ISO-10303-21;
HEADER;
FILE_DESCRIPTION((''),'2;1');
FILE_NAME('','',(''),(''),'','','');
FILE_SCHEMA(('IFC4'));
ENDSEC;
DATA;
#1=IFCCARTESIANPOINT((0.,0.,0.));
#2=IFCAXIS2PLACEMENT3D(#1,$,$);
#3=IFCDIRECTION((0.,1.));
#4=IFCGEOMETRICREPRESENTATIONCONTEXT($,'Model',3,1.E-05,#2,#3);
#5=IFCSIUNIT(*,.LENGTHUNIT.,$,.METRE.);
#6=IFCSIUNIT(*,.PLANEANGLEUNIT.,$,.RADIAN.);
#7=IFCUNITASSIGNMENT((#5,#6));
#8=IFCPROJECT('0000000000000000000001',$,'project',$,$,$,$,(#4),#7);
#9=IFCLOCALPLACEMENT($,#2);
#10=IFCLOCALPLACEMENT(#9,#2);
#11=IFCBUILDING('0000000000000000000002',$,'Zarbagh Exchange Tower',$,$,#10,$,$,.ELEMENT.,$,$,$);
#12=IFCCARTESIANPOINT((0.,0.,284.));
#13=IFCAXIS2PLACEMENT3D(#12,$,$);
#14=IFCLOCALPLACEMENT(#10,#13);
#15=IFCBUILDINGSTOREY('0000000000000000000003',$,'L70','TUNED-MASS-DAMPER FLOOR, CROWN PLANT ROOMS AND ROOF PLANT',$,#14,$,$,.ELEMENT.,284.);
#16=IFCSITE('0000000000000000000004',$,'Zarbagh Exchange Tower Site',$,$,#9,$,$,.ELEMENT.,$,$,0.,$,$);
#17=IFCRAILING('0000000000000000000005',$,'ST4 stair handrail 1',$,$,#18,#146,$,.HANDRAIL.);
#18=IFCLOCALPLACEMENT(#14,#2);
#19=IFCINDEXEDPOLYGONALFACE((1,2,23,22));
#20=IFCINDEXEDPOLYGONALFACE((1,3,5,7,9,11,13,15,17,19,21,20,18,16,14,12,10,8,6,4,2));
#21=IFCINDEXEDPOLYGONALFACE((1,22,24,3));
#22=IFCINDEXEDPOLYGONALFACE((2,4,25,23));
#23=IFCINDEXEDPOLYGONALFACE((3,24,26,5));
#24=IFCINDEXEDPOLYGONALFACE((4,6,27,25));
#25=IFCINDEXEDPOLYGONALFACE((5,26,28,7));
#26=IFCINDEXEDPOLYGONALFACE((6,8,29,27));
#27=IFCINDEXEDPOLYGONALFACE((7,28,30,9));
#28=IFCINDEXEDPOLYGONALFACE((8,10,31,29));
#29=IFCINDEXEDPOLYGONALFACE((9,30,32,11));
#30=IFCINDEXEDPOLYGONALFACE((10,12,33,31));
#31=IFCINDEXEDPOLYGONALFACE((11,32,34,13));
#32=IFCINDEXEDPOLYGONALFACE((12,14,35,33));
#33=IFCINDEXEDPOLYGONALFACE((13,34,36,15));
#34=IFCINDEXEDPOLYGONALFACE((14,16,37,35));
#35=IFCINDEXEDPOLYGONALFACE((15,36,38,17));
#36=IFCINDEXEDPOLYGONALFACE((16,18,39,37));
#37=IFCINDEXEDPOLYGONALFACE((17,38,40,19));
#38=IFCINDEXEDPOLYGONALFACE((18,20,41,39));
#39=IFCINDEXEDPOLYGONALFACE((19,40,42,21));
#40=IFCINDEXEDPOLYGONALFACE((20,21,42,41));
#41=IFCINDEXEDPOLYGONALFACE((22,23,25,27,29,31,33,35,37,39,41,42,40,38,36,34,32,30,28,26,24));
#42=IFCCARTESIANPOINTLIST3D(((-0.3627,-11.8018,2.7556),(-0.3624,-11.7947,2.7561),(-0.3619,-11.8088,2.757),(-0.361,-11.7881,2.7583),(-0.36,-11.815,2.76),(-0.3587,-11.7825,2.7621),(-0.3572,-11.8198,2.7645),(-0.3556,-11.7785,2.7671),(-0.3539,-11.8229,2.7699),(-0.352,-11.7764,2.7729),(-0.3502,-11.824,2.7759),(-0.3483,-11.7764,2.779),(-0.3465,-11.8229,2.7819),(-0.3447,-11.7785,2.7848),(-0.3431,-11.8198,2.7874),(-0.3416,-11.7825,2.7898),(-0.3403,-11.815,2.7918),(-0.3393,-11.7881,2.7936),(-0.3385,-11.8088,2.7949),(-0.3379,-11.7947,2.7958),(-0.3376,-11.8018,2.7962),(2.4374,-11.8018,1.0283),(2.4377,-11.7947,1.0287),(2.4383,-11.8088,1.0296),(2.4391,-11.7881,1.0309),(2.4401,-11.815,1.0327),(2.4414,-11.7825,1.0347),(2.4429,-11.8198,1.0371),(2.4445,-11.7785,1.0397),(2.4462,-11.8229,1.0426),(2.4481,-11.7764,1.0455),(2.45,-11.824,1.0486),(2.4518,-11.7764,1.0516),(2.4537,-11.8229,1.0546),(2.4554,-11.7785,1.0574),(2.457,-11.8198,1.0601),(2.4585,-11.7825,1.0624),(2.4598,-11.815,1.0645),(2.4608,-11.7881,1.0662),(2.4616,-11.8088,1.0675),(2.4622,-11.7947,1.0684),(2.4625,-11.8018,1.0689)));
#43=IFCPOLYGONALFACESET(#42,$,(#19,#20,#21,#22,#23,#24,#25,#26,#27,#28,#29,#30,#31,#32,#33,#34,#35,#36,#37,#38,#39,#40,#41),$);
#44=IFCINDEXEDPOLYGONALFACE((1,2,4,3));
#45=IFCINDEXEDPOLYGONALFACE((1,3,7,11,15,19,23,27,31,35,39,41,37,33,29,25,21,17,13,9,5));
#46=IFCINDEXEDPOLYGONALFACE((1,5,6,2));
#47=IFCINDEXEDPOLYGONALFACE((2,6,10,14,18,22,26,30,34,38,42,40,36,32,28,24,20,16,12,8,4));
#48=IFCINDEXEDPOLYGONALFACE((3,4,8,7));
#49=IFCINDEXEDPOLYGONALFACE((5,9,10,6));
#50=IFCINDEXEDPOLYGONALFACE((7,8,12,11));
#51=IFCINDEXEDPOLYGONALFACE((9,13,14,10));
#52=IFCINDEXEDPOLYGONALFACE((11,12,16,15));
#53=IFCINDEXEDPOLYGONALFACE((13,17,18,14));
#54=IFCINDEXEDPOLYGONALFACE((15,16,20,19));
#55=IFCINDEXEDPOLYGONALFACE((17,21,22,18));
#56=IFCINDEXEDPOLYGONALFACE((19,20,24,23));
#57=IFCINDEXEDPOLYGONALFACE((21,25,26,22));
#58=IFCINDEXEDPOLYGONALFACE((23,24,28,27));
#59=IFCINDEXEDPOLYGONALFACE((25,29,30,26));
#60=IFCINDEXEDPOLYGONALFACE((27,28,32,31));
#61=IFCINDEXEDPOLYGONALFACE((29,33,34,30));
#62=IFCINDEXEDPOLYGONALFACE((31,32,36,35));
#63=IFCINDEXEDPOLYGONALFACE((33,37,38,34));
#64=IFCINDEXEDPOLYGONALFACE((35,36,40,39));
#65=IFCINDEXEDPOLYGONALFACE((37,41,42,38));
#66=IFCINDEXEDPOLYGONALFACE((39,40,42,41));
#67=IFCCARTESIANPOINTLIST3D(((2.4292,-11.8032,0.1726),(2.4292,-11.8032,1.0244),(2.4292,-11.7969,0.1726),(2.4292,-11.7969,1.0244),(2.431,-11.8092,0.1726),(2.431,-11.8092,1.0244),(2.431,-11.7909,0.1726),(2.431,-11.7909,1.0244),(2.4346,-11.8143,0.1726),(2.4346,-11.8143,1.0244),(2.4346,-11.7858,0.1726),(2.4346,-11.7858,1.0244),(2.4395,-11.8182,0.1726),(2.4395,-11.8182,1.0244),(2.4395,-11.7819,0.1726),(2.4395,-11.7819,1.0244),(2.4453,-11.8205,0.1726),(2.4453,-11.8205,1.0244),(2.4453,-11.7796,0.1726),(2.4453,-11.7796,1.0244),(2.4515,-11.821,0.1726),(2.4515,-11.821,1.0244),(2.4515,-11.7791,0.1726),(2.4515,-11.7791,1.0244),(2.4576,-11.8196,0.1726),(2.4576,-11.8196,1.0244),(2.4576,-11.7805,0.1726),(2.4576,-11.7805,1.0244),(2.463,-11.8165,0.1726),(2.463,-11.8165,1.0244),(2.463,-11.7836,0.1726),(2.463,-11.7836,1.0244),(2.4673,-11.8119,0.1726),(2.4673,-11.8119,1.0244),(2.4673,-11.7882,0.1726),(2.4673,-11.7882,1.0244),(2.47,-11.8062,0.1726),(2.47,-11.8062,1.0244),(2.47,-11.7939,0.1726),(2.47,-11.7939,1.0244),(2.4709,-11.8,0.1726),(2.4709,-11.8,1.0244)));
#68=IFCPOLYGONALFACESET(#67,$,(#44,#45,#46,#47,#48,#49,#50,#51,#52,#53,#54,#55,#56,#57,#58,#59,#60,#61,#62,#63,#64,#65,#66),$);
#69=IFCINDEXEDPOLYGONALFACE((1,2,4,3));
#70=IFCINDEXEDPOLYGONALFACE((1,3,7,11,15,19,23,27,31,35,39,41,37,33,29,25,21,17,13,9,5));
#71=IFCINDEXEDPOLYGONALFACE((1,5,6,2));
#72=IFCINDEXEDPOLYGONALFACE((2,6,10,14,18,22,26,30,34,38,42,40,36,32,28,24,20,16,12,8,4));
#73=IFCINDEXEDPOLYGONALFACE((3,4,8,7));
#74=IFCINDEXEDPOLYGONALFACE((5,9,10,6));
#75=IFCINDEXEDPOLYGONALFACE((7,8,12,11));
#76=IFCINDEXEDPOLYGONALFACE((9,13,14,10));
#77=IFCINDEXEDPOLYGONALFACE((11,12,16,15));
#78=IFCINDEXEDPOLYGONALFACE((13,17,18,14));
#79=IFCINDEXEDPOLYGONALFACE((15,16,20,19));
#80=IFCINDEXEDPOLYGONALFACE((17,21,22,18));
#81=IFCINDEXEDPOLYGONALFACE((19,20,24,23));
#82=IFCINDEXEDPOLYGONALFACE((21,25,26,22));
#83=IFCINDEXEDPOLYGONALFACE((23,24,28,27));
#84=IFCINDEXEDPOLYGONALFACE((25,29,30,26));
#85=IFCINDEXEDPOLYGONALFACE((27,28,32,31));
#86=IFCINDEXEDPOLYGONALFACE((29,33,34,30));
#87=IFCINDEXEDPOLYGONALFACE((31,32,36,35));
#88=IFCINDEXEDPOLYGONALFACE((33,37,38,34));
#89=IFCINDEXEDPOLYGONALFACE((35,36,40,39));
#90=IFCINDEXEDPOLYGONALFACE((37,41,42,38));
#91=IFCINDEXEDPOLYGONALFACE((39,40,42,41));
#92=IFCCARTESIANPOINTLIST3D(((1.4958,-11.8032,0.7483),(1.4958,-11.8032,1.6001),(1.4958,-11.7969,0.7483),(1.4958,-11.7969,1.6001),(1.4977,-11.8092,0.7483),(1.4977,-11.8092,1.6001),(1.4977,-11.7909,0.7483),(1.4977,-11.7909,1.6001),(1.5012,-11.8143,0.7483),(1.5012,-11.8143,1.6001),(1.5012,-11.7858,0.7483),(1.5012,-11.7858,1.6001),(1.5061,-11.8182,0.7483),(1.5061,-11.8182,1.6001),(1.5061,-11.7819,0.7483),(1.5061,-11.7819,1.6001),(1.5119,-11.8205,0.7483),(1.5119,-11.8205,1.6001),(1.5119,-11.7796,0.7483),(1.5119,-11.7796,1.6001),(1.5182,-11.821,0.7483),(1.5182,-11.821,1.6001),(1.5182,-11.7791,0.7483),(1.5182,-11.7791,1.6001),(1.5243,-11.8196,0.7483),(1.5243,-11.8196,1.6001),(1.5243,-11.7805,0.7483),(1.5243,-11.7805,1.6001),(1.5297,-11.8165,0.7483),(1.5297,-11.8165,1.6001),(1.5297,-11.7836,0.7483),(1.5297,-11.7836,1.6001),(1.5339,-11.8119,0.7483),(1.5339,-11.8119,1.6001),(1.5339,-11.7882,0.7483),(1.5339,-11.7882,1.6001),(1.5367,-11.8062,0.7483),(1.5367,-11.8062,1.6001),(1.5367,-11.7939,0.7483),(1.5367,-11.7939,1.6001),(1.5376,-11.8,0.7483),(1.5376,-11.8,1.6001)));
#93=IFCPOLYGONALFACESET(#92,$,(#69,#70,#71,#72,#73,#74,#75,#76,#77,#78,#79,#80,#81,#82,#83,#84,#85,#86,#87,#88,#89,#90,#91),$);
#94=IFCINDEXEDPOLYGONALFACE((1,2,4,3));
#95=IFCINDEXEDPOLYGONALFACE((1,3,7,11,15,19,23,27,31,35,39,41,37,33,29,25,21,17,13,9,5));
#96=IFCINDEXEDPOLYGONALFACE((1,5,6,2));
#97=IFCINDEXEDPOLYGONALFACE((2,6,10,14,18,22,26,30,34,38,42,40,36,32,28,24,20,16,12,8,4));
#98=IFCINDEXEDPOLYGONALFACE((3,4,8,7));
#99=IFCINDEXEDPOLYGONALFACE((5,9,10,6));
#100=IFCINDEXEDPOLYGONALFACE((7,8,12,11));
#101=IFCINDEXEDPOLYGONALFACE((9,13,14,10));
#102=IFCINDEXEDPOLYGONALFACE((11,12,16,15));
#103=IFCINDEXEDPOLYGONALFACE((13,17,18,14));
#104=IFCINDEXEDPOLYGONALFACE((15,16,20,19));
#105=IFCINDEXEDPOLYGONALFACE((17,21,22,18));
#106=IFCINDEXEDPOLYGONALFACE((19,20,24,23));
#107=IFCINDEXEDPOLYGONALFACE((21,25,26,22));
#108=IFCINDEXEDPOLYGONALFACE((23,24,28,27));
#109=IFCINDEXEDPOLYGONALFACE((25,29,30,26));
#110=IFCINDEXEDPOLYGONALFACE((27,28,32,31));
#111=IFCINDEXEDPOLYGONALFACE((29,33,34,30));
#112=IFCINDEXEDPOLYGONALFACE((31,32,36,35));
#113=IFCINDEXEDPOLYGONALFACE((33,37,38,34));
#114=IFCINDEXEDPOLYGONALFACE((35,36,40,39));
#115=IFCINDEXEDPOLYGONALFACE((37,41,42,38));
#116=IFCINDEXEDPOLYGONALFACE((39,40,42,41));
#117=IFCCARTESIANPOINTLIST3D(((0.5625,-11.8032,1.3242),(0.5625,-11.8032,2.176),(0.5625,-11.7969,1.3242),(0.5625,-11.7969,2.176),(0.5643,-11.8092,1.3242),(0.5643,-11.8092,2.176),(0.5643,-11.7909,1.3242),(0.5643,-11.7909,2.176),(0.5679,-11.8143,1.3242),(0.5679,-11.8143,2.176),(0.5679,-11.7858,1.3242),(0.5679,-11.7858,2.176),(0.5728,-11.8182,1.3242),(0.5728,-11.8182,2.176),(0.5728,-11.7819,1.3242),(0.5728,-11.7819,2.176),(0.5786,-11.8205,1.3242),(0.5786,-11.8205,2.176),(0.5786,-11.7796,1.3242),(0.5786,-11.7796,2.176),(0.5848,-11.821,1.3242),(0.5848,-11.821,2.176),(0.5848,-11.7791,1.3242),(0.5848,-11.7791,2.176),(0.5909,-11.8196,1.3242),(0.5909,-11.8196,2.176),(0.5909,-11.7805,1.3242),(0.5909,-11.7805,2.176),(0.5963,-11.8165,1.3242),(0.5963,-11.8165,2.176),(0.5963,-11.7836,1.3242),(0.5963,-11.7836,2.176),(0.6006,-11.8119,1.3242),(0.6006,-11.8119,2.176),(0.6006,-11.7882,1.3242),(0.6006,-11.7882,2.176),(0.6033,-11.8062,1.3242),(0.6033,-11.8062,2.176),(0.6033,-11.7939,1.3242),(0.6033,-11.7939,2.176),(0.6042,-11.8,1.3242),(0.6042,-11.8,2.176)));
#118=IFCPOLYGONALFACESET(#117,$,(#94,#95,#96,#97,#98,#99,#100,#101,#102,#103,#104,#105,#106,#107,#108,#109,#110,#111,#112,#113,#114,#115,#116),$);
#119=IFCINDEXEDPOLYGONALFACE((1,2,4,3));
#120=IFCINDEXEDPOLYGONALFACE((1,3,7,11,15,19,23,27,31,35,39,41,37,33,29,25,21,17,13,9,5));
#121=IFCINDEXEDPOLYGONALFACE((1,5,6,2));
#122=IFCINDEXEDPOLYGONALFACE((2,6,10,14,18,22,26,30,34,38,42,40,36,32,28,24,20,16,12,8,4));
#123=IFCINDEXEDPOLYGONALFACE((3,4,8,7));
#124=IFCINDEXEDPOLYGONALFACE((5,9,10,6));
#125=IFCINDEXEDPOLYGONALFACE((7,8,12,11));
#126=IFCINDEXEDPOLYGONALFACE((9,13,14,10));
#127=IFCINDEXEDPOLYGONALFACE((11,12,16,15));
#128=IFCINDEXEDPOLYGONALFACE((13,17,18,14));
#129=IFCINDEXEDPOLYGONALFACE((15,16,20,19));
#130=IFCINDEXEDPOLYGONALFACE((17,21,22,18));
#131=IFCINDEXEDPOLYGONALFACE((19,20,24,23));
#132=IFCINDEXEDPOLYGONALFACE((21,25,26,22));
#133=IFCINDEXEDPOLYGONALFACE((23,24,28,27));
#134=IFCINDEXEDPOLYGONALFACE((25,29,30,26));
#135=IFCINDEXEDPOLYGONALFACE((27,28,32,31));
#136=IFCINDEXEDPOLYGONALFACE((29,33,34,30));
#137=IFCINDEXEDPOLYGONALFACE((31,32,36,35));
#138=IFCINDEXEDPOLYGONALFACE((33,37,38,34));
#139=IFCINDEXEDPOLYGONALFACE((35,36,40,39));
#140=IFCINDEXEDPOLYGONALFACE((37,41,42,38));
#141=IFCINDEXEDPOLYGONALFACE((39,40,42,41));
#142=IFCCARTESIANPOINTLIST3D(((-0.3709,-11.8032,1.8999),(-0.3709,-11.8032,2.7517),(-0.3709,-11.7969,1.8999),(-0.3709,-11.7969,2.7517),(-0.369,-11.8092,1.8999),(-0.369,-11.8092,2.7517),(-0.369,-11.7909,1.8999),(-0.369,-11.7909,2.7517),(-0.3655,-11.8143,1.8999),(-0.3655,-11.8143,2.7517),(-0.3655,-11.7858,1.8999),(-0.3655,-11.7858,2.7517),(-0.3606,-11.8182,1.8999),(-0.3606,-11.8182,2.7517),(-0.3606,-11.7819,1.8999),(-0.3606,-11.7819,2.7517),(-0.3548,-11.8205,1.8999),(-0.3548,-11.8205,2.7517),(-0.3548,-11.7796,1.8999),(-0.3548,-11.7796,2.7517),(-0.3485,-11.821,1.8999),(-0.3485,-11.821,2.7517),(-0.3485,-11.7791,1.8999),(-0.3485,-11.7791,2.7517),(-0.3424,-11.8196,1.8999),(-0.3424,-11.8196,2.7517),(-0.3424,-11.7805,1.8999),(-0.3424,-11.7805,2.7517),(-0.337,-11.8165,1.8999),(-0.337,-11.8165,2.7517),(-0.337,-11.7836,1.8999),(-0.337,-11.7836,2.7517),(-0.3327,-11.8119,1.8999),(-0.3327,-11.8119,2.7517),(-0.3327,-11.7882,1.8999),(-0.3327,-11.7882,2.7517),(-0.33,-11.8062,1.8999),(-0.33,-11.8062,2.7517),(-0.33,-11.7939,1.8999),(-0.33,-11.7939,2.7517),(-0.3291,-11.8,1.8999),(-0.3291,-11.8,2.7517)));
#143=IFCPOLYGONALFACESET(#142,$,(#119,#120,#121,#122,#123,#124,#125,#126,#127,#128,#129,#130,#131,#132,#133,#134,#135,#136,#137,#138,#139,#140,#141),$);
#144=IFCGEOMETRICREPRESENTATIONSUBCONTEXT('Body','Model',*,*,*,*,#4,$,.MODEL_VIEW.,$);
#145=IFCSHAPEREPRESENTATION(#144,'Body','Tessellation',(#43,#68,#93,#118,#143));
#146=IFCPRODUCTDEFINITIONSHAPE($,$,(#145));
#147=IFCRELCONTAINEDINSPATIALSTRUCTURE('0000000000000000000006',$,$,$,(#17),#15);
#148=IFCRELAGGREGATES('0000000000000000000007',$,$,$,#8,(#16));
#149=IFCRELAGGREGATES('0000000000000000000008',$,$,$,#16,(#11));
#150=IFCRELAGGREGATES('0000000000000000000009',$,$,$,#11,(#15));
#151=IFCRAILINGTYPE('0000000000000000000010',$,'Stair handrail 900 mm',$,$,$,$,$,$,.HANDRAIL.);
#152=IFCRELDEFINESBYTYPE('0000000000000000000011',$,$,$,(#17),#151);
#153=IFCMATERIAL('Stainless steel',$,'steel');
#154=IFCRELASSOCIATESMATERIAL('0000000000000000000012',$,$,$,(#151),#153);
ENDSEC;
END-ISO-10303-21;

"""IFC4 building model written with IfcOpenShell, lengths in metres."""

from ifc_helpers import new_model, si_unit, direction, frame, origin, origin_2d, place, context, subcontext, project, spatial, circle, extrude, material, type_object, element, save


model = new_model("IFC4")

# Units and contexts
model_context = context("Model", 3, precision=1e-05, world=origin(), true_north=direction((0.0, 1.0)))
body_context = subcontext(model_context, "Body", "Model", "MODEL_VIEW")
ifc_project = project(units=[si_unit("LENGTHUNIT", "METRE"), si_unit("PLANEANGLEUNIT", "RADIAN")], contexts=[model_context])

# Site, building, storey
site_placement = place(None, origin())
site = spatial("IfcSite", under=ifc_project, at=site_placement, Name="Zarbagh Exchange Tower Site", CompositionType="ELEMENT", RefElevation=0.0)
building_placement = place(site_placement, origin())
building = spatial("IfcBuilding", under=site, at=building_placement, Name="Zarbagh Exchange Tower", CompositionType="ELEMENT")
storey_placement = place(building_placement, frame((0.0, 0.0, 284.0)))
storey = spatial("IfcBuildingStorey", under=building, at=storey_placement, Name="L70", Description="TUNED-MASS-DAMPER FLOOR, CROWN PLANT ROOMS AND ROOF PLANT", CompositionType="ELEMENT", Elevation=284.0)

# Railing
ifc_material_1 = material(Name="Stainless steel", Category="steel")
railing_type_1 = type_object("IfcRailingType", Name="Stair handrail 900 mm", PredefinedType="HANDRAIL", material=ifc_material_1)
for number, where, name in (
    (1, (2.45, -11.8, 0.1726), "ST4 stair handrail 1"),
):
    element("IfcRailing", number, at=place(storey_placement, frame(where)), inside=storey, type_object=railing_type_1, Name=name, PredefinedType="HANDRAIL", context=body_context, shape_type="SweptSolid", body=[
        extrude(circle(Radius=0.0239, at=origin_2d()), frame((0.0, 0.0, 0.876), z_axis=(-0.85109, 0.0, 0.52502), x_axis=(0.0, -1.0, 0.0)), (0.0, 0.0, 1.0), 3.29),
        extrude(circle(Radius=0.021, at=origin_2d()), origin(), (0.0, 0.0, 1.0), 0.8518),
        extrude(circle(Radius=0.021, at=origin_2d()), frame((-0.9333, 0.0, 0.5757)), (0.0, 0.0, 1.0), 0.8518),
        extrude(circle(Radius=0.021, at=origin_2d()), frame((-1.8667, 0.0, 1.1516)), (0.0, 0.0, 1.0), 0.8518),
        extrude(circle(Radius=0.021, at=origin_2d()), frame((-2.8, 0.0, 1.7273)), (0.0, 0.0, 1.0), 0.8518),
    ])

save(model, "model.ifc")
